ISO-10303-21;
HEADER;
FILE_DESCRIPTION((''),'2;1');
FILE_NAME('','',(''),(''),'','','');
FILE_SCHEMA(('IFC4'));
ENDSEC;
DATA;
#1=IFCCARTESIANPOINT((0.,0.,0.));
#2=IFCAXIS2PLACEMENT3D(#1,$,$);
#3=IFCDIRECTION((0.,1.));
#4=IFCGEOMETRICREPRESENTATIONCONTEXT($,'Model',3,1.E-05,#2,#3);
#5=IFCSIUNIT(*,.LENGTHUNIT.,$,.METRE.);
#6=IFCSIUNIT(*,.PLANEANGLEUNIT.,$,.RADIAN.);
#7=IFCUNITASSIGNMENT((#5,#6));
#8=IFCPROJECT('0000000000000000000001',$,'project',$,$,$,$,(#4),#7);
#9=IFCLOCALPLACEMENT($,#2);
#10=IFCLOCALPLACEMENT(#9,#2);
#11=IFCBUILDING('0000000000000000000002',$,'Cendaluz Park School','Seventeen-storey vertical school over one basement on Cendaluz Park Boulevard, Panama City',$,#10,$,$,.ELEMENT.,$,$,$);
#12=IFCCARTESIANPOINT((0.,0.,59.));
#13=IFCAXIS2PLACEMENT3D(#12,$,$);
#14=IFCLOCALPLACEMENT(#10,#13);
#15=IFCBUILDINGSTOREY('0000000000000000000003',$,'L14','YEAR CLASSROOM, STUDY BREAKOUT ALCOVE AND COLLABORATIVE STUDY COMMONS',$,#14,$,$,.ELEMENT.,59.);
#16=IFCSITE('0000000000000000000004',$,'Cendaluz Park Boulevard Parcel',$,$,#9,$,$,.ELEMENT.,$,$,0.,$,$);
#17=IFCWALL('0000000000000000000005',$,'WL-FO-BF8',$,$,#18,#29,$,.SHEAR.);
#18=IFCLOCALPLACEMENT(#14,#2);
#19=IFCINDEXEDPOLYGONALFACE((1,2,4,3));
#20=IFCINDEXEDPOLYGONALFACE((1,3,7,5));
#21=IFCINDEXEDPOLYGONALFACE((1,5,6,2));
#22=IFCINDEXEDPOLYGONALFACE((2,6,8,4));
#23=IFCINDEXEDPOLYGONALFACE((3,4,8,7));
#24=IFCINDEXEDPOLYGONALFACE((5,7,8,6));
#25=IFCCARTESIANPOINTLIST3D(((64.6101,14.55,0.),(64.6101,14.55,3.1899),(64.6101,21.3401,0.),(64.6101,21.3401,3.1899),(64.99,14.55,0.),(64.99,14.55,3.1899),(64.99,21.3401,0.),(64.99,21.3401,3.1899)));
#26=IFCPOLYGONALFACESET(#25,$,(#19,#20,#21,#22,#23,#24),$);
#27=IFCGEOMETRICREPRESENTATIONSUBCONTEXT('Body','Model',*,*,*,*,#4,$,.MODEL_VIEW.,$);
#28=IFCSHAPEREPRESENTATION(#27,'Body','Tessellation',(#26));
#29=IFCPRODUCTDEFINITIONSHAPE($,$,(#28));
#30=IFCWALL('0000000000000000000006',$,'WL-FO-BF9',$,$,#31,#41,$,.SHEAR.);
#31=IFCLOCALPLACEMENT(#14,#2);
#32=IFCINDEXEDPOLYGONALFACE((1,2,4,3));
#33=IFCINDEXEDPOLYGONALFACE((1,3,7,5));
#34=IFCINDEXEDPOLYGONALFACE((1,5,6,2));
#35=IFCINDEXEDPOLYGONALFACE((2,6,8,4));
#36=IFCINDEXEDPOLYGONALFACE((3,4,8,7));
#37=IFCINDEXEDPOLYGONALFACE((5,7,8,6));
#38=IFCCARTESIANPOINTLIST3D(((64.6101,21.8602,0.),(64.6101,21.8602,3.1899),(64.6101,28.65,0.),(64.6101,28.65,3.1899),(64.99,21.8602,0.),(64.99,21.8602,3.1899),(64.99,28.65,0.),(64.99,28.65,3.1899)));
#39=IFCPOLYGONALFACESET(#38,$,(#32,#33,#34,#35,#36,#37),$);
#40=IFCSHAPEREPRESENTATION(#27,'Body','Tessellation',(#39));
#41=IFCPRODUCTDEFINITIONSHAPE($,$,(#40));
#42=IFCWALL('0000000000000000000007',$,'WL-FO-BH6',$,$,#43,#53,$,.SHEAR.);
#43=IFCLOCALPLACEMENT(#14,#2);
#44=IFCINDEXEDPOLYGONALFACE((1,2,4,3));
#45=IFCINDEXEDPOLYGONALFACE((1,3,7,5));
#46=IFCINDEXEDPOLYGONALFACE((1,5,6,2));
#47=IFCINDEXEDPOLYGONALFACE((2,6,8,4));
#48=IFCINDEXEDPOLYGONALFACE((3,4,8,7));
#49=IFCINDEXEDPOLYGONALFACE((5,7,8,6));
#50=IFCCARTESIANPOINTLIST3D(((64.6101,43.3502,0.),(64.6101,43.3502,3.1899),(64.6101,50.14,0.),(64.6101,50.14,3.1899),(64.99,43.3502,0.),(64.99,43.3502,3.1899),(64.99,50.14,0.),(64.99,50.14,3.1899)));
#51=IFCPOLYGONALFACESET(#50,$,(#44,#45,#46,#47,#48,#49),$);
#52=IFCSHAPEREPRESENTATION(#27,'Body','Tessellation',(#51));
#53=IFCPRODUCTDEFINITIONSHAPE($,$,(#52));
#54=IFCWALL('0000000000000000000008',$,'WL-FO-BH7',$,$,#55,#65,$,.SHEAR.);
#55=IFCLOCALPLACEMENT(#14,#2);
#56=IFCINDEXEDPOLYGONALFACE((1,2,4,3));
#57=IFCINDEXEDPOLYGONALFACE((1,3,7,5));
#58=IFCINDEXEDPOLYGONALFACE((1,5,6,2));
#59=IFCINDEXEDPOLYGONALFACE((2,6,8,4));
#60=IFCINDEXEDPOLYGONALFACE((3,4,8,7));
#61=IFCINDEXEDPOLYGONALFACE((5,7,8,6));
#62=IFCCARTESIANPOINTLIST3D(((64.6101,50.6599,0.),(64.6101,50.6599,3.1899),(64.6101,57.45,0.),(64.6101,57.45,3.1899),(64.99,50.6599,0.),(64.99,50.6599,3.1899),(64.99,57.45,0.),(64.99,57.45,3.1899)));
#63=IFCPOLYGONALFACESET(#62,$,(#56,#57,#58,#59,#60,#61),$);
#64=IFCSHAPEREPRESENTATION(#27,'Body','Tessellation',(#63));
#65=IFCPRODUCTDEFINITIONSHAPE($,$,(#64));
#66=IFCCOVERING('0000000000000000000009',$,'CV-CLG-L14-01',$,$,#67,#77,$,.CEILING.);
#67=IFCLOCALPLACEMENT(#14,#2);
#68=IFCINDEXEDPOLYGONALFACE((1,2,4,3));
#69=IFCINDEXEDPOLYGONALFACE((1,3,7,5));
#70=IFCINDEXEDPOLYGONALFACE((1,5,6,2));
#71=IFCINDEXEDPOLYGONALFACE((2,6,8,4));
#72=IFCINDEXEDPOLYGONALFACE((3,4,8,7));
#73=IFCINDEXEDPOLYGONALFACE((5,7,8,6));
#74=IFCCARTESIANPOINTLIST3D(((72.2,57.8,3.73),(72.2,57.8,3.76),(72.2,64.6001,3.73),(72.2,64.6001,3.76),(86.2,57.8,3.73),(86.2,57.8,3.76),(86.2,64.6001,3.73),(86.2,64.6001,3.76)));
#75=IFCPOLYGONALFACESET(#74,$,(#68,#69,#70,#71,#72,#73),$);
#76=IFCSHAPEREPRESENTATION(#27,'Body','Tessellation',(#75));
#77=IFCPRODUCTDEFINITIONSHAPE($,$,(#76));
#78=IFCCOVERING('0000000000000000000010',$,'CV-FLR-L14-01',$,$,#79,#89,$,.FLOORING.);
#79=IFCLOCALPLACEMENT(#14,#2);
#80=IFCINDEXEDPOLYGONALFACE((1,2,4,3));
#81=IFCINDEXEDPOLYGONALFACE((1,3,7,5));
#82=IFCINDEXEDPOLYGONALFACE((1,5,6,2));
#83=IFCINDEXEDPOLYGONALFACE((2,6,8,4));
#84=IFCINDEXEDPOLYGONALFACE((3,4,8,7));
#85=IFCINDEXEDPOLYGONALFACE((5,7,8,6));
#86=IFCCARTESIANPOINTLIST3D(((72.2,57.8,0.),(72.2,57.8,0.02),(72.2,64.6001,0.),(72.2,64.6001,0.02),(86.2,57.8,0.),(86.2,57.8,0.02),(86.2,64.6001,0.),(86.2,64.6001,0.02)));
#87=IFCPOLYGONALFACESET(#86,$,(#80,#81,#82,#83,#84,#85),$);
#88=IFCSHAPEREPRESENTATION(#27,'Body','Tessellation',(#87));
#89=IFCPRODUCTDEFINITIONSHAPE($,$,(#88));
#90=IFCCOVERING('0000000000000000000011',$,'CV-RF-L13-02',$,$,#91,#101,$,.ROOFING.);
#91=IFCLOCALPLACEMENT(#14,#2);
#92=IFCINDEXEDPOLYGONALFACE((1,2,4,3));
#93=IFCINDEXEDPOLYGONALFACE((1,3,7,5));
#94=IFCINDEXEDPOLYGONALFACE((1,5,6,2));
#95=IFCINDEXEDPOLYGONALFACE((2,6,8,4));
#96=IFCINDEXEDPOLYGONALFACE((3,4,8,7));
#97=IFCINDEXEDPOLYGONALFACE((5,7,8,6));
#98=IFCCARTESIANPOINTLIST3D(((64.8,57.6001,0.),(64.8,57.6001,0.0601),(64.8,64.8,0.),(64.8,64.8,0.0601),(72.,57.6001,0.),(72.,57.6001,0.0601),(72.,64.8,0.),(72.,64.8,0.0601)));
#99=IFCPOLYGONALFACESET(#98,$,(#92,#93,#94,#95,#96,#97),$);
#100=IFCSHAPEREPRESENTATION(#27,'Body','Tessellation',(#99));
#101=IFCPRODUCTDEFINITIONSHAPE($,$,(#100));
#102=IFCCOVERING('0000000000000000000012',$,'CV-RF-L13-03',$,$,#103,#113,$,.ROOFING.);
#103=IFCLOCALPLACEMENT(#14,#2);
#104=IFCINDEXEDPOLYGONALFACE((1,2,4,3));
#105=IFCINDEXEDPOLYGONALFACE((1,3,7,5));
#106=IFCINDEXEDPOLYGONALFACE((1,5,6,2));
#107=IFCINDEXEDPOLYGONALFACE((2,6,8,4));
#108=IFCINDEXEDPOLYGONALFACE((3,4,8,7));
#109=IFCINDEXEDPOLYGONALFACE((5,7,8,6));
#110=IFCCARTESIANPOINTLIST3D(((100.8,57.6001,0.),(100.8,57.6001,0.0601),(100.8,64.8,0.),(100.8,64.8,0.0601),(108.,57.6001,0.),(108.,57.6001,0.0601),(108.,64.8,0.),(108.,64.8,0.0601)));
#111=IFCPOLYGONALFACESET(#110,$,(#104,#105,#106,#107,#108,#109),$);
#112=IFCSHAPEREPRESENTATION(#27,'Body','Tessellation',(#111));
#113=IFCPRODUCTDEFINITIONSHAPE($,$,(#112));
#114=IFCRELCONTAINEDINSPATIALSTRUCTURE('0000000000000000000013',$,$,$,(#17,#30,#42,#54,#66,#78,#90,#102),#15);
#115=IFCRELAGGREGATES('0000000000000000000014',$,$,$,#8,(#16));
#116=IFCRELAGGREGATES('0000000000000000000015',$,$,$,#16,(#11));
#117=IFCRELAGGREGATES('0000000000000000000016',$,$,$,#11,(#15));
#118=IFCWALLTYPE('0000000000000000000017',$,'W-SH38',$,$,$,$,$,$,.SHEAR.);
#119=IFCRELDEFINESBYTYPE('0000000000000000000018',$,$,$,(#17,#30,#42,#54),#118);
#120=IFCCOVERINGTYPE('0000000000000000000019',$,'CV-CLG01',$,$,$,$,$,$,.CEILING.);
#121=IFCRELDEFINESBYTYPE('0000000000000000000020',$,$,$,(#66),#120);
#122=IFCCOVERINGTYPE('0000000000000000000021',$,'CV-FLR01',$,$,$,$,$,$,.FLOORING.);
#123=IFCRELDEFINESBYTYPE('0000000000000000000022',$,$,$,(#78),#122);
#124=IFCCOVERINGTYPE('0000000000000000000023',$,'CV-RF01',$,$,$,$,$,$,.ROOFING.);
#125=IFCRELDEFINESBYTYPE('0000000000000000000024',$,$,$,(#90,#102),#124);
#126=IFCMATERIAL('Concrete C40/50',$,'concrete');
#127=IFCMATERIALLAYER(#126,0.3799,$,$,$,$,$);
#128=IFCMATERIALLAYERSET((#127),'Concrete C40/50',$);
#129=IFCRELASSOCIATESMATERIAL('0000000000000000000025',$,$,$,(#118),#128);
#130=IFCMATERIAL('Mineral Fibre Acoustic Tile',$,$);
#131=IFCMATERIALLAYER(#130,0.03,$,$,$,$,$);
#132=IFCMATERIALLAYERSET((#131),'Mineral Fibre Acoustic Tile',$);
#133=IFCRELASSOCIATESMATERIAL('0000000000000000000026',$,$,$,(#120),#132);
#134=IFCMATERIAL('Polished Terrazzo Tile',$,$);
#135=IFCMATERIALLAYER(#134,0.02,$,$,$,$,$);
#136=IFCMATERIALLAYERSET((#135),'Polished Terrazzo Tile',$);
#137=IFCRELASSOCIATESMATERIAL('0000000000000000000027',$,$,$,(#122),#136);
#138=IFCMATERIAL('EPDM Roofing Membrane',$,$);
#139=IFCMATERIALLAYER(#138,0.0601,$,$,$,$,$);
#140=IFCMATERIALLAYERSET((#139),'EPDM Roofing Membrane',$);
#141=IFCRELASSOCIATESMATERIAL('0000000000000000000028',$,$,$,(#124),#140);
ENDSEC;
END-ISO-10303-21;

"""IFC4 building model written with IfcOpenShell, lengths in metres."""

from ifc_helpers import new_model, si_unit, direction, frame, frame_2d, origin, place, context, subcontext, project, spatial, polyline, rectangle, outline, extrude, material, layer, layer_set, type_object, element, save


model = new_model("IFC4")

# Units and contexts
model_context = context("Model", 3, precision=1e-05, world=origin(), true_north=direction((0.0, 1.0)))
body_context = subcontext(model_context, "Body", "Model", "MODEL_VIEW")
ifc_project = project(units=[si_unit("LENGTHUNIT", "METRE"), si_unit("PLANEANGLEUNIT", "RADIAN")], contexts=[model_context])

# Site, building, storey
site_placement = place(None, origin())
site = spatial("IfcSite", under=ifc_project, at=site_placement, Name="Cendaluz Park Boulevard Parcel", CompositionType="ELEMENT", RefElevation=0.0)
building_placement = place(site_placement, origin())
building = spatial("IfcBuilding", under=site, at=building_placement, Name="Cendaluz Park School", Description="Seventeen-storey vertical school over one basement on Cendaluz Park Boulevard, Panama City", CompositionType="ELEMENT")
storey_placement = place(building_placement, frame((0.0, 0.0, 59.0)))
storey = spatial("IfcBuildingStorey", under=building, at=storey_placement, Name="L14", Description="YEAR CLASSROOM, STUDY BREAKOUT ALCOVE AND COLLABORATIVE STUDY COMMONS", CompositionType="ELEMENT", Elevation=59.0)

# Walls
ifc_material_1 = material(Name="Concrete C40/50", Category="concrete")
ifc_layer_1 = layer(ifc_material_1, 0.3799)
ifc_layer_set_1 = layer_set([ifc_layer_1], Name="Concrete C40/50")
wall_type_1 = type_object("IfcWallType", Name="W-SH38", PredefinedType="SHEAR", material=ifc_layer_set_1)
wall_1_placement = place(storey_placement, frame((64.8, 14.55, 0.0), z_axis=(0.0, 0.0, 1.0), x_axis=(0.0, 1.0, 0.0)))
element("IfcWall", 1, at=wall_1_placement, inside=storey, type_object=wall_type_1, Name="WL-FO-BF8", PredefinedType="SHEAR", context=body_context, shape_type="SweptSolid", body=[
    extrude(rectangle(XDim=6.79, YDim=0.3799, at=frame_2d((3.395, 0.0))), origin(), (0.0, 0.0, 1.0), 3.1899),
])
for number, where, z_axis, x_axis, name in (
    (2, (64.8, 21.8601, 0.0), (0.0, 0.0, 1.0), (0.0, 1.0, 0.0), "WL-FO-BF9"),
    (3, (64.8, 43.3501, 0.0), (0.0, 0.0, 1.0), (0.0, 1.0, 0.0), "WL-FO-BH6"),
):
    element("IfcWall", number, at=place(storey_placement, frame(where, z_axis=z_axis, x_axis=x_axis)), inside=storey, type_object=wall_type_1, Name=name, PredefinedType="SHEAR", context=body_context, shape_type="SweptSolid", body=[
        extrude(rectangle(XDim=6.7898, YDim=0.3799, at=frame_2d((3.395, 0.0))), origin(), (0.0, 0.0, 1.0), 3.1899),
    ])
wall_2_placement = place(storey_placement, frame((64.8, 50.6599, 0.0), z_axis=(0.0, 0.0, 1.0), x_axis=(0.0, 1.0, 0.0)))
element("IfcWall", 4, at=wall_2_placement, inside=storey, type_object=wall_type_1, Name="WL-FO-BH7", PredefinedType="SHEAR", context=body_context, shape_type="SweptSolid", body=[
    extrude(rectangle(XDim=6.79, YDim=0.3799, at=frame_2d((3.395, 0.0))), origin(), (0.0, 0.0, 1.0), 3.1899),
])

# Coverings
ifc_material_2 = material(Name="Mineral Fibre Acoustic Tile")
ifc_layer_2 = layer(ifc_material_2, 0.03)
ifc_layer_set_2 = layer_set([ifc_layer_2], Name="Mineral Fibre Acoustic Tile")
covering_type_1 = type_object("IfcCoveringType", Name="CV-CLG01", PredefinedType="CEILING", material=ifc_layer_set_2)
covering_1_placement = place(storey_placement, frame((0.0, 0.0, 3.73)))
element("IfcCovering", 5, at=covering_1_placement, inside=storey, type_object=covering_type_1, Name="CV-CLG-L14-01", PredefinedType="CEILING", context=body_context, shape_type="SweptSolid", body=[
    extrude(outline(polyline([(72.2, 57.8), (86.2, 57.8), (86.2, 64.6001), (72.2, 64.6001), (72.2, 57.8)])), origin(), (0.0, 0.0, 1.0), 0.03),
])
ifc_material_3 = material(Name="Polished Terrazzo Tile")
ifc_layer_3 = layer(ifc_material_3, 0.02)
ifc_layer_set_3 = layer_set([ifc_layer_3], Name="Polished Terrazzo Tile")
covering_type_2 = type_object("IfcCoveringType", Name="CV-FLR01", PredefinedType="FLOORING", material=ifc_layer_set_3)
covering_2_placement = place(storey_placement, origin())
element("IfcCovering", 6, at=covering_2_placement, inside=storey, type_object=covering_type_2, Name="CV-FLR-L14-01", PredefinedType="FLOORING", context=body_context, shape_type="SweptSolid", body=[
    extrude(outline(polyline([(72.2, 57.8), (86.2, 57.8), (86.2, 64.6001), (72.2, 64.6001), (72.2, 57.8)])), origin(), (0.0, 0.0, 1.0), 0.02),
])
ifc_material_4 = material(Name="EPDM Roofing Membrane")
ifc_layer_4 = layer(ifc_material_4, 0.0601)
ifc_layer_set_4 = layer_set([ifc_layer_4], Name="EPDM Roofing Membrane")
covering_type_3 = type_object("IfcCoveringType", Name="CV-RF01", PredefinedType="ROOFING", material=ifc_layer_set_4)
covering_3_placement = place(storey_placement, origin())
element("IfcCovering", 7, at=covering_3_placement, inside=storey, type_object=covering_type_3, Name="CV-RF-L13-02", PredefinedType="ROOFING", context=body_context, shape_type="SweptSolid", body=[
    extrude(outline(polyline([(64.8, 57.6001), (64.8, 64.8), (72.0, 64.8), (72.0, 57.6001), (64.8, 57.6001)])), origin(), (0.0, 0.0, 1.0), 0.0601),
])
covering_4_placement = place(storey_placement, origin())
element("IfcCovering", 8, at=covering_4_placement, inside=storey, type_object=covering_type_3, Name="CV-RF-L13-03", PredefinedType="ROOFING", context=body_context, shape_type="SweptSolid", body=[
    extrude(outline(polyline([(100.8, 57.6001), (100.8, 64.8), (108.0, 64.8), (108.0, 57.6001), (100.8, 57.6001)])), origin(), (0.0, 0.0, 1.0), 0.0601),
])

save(model, "model.ifc")
